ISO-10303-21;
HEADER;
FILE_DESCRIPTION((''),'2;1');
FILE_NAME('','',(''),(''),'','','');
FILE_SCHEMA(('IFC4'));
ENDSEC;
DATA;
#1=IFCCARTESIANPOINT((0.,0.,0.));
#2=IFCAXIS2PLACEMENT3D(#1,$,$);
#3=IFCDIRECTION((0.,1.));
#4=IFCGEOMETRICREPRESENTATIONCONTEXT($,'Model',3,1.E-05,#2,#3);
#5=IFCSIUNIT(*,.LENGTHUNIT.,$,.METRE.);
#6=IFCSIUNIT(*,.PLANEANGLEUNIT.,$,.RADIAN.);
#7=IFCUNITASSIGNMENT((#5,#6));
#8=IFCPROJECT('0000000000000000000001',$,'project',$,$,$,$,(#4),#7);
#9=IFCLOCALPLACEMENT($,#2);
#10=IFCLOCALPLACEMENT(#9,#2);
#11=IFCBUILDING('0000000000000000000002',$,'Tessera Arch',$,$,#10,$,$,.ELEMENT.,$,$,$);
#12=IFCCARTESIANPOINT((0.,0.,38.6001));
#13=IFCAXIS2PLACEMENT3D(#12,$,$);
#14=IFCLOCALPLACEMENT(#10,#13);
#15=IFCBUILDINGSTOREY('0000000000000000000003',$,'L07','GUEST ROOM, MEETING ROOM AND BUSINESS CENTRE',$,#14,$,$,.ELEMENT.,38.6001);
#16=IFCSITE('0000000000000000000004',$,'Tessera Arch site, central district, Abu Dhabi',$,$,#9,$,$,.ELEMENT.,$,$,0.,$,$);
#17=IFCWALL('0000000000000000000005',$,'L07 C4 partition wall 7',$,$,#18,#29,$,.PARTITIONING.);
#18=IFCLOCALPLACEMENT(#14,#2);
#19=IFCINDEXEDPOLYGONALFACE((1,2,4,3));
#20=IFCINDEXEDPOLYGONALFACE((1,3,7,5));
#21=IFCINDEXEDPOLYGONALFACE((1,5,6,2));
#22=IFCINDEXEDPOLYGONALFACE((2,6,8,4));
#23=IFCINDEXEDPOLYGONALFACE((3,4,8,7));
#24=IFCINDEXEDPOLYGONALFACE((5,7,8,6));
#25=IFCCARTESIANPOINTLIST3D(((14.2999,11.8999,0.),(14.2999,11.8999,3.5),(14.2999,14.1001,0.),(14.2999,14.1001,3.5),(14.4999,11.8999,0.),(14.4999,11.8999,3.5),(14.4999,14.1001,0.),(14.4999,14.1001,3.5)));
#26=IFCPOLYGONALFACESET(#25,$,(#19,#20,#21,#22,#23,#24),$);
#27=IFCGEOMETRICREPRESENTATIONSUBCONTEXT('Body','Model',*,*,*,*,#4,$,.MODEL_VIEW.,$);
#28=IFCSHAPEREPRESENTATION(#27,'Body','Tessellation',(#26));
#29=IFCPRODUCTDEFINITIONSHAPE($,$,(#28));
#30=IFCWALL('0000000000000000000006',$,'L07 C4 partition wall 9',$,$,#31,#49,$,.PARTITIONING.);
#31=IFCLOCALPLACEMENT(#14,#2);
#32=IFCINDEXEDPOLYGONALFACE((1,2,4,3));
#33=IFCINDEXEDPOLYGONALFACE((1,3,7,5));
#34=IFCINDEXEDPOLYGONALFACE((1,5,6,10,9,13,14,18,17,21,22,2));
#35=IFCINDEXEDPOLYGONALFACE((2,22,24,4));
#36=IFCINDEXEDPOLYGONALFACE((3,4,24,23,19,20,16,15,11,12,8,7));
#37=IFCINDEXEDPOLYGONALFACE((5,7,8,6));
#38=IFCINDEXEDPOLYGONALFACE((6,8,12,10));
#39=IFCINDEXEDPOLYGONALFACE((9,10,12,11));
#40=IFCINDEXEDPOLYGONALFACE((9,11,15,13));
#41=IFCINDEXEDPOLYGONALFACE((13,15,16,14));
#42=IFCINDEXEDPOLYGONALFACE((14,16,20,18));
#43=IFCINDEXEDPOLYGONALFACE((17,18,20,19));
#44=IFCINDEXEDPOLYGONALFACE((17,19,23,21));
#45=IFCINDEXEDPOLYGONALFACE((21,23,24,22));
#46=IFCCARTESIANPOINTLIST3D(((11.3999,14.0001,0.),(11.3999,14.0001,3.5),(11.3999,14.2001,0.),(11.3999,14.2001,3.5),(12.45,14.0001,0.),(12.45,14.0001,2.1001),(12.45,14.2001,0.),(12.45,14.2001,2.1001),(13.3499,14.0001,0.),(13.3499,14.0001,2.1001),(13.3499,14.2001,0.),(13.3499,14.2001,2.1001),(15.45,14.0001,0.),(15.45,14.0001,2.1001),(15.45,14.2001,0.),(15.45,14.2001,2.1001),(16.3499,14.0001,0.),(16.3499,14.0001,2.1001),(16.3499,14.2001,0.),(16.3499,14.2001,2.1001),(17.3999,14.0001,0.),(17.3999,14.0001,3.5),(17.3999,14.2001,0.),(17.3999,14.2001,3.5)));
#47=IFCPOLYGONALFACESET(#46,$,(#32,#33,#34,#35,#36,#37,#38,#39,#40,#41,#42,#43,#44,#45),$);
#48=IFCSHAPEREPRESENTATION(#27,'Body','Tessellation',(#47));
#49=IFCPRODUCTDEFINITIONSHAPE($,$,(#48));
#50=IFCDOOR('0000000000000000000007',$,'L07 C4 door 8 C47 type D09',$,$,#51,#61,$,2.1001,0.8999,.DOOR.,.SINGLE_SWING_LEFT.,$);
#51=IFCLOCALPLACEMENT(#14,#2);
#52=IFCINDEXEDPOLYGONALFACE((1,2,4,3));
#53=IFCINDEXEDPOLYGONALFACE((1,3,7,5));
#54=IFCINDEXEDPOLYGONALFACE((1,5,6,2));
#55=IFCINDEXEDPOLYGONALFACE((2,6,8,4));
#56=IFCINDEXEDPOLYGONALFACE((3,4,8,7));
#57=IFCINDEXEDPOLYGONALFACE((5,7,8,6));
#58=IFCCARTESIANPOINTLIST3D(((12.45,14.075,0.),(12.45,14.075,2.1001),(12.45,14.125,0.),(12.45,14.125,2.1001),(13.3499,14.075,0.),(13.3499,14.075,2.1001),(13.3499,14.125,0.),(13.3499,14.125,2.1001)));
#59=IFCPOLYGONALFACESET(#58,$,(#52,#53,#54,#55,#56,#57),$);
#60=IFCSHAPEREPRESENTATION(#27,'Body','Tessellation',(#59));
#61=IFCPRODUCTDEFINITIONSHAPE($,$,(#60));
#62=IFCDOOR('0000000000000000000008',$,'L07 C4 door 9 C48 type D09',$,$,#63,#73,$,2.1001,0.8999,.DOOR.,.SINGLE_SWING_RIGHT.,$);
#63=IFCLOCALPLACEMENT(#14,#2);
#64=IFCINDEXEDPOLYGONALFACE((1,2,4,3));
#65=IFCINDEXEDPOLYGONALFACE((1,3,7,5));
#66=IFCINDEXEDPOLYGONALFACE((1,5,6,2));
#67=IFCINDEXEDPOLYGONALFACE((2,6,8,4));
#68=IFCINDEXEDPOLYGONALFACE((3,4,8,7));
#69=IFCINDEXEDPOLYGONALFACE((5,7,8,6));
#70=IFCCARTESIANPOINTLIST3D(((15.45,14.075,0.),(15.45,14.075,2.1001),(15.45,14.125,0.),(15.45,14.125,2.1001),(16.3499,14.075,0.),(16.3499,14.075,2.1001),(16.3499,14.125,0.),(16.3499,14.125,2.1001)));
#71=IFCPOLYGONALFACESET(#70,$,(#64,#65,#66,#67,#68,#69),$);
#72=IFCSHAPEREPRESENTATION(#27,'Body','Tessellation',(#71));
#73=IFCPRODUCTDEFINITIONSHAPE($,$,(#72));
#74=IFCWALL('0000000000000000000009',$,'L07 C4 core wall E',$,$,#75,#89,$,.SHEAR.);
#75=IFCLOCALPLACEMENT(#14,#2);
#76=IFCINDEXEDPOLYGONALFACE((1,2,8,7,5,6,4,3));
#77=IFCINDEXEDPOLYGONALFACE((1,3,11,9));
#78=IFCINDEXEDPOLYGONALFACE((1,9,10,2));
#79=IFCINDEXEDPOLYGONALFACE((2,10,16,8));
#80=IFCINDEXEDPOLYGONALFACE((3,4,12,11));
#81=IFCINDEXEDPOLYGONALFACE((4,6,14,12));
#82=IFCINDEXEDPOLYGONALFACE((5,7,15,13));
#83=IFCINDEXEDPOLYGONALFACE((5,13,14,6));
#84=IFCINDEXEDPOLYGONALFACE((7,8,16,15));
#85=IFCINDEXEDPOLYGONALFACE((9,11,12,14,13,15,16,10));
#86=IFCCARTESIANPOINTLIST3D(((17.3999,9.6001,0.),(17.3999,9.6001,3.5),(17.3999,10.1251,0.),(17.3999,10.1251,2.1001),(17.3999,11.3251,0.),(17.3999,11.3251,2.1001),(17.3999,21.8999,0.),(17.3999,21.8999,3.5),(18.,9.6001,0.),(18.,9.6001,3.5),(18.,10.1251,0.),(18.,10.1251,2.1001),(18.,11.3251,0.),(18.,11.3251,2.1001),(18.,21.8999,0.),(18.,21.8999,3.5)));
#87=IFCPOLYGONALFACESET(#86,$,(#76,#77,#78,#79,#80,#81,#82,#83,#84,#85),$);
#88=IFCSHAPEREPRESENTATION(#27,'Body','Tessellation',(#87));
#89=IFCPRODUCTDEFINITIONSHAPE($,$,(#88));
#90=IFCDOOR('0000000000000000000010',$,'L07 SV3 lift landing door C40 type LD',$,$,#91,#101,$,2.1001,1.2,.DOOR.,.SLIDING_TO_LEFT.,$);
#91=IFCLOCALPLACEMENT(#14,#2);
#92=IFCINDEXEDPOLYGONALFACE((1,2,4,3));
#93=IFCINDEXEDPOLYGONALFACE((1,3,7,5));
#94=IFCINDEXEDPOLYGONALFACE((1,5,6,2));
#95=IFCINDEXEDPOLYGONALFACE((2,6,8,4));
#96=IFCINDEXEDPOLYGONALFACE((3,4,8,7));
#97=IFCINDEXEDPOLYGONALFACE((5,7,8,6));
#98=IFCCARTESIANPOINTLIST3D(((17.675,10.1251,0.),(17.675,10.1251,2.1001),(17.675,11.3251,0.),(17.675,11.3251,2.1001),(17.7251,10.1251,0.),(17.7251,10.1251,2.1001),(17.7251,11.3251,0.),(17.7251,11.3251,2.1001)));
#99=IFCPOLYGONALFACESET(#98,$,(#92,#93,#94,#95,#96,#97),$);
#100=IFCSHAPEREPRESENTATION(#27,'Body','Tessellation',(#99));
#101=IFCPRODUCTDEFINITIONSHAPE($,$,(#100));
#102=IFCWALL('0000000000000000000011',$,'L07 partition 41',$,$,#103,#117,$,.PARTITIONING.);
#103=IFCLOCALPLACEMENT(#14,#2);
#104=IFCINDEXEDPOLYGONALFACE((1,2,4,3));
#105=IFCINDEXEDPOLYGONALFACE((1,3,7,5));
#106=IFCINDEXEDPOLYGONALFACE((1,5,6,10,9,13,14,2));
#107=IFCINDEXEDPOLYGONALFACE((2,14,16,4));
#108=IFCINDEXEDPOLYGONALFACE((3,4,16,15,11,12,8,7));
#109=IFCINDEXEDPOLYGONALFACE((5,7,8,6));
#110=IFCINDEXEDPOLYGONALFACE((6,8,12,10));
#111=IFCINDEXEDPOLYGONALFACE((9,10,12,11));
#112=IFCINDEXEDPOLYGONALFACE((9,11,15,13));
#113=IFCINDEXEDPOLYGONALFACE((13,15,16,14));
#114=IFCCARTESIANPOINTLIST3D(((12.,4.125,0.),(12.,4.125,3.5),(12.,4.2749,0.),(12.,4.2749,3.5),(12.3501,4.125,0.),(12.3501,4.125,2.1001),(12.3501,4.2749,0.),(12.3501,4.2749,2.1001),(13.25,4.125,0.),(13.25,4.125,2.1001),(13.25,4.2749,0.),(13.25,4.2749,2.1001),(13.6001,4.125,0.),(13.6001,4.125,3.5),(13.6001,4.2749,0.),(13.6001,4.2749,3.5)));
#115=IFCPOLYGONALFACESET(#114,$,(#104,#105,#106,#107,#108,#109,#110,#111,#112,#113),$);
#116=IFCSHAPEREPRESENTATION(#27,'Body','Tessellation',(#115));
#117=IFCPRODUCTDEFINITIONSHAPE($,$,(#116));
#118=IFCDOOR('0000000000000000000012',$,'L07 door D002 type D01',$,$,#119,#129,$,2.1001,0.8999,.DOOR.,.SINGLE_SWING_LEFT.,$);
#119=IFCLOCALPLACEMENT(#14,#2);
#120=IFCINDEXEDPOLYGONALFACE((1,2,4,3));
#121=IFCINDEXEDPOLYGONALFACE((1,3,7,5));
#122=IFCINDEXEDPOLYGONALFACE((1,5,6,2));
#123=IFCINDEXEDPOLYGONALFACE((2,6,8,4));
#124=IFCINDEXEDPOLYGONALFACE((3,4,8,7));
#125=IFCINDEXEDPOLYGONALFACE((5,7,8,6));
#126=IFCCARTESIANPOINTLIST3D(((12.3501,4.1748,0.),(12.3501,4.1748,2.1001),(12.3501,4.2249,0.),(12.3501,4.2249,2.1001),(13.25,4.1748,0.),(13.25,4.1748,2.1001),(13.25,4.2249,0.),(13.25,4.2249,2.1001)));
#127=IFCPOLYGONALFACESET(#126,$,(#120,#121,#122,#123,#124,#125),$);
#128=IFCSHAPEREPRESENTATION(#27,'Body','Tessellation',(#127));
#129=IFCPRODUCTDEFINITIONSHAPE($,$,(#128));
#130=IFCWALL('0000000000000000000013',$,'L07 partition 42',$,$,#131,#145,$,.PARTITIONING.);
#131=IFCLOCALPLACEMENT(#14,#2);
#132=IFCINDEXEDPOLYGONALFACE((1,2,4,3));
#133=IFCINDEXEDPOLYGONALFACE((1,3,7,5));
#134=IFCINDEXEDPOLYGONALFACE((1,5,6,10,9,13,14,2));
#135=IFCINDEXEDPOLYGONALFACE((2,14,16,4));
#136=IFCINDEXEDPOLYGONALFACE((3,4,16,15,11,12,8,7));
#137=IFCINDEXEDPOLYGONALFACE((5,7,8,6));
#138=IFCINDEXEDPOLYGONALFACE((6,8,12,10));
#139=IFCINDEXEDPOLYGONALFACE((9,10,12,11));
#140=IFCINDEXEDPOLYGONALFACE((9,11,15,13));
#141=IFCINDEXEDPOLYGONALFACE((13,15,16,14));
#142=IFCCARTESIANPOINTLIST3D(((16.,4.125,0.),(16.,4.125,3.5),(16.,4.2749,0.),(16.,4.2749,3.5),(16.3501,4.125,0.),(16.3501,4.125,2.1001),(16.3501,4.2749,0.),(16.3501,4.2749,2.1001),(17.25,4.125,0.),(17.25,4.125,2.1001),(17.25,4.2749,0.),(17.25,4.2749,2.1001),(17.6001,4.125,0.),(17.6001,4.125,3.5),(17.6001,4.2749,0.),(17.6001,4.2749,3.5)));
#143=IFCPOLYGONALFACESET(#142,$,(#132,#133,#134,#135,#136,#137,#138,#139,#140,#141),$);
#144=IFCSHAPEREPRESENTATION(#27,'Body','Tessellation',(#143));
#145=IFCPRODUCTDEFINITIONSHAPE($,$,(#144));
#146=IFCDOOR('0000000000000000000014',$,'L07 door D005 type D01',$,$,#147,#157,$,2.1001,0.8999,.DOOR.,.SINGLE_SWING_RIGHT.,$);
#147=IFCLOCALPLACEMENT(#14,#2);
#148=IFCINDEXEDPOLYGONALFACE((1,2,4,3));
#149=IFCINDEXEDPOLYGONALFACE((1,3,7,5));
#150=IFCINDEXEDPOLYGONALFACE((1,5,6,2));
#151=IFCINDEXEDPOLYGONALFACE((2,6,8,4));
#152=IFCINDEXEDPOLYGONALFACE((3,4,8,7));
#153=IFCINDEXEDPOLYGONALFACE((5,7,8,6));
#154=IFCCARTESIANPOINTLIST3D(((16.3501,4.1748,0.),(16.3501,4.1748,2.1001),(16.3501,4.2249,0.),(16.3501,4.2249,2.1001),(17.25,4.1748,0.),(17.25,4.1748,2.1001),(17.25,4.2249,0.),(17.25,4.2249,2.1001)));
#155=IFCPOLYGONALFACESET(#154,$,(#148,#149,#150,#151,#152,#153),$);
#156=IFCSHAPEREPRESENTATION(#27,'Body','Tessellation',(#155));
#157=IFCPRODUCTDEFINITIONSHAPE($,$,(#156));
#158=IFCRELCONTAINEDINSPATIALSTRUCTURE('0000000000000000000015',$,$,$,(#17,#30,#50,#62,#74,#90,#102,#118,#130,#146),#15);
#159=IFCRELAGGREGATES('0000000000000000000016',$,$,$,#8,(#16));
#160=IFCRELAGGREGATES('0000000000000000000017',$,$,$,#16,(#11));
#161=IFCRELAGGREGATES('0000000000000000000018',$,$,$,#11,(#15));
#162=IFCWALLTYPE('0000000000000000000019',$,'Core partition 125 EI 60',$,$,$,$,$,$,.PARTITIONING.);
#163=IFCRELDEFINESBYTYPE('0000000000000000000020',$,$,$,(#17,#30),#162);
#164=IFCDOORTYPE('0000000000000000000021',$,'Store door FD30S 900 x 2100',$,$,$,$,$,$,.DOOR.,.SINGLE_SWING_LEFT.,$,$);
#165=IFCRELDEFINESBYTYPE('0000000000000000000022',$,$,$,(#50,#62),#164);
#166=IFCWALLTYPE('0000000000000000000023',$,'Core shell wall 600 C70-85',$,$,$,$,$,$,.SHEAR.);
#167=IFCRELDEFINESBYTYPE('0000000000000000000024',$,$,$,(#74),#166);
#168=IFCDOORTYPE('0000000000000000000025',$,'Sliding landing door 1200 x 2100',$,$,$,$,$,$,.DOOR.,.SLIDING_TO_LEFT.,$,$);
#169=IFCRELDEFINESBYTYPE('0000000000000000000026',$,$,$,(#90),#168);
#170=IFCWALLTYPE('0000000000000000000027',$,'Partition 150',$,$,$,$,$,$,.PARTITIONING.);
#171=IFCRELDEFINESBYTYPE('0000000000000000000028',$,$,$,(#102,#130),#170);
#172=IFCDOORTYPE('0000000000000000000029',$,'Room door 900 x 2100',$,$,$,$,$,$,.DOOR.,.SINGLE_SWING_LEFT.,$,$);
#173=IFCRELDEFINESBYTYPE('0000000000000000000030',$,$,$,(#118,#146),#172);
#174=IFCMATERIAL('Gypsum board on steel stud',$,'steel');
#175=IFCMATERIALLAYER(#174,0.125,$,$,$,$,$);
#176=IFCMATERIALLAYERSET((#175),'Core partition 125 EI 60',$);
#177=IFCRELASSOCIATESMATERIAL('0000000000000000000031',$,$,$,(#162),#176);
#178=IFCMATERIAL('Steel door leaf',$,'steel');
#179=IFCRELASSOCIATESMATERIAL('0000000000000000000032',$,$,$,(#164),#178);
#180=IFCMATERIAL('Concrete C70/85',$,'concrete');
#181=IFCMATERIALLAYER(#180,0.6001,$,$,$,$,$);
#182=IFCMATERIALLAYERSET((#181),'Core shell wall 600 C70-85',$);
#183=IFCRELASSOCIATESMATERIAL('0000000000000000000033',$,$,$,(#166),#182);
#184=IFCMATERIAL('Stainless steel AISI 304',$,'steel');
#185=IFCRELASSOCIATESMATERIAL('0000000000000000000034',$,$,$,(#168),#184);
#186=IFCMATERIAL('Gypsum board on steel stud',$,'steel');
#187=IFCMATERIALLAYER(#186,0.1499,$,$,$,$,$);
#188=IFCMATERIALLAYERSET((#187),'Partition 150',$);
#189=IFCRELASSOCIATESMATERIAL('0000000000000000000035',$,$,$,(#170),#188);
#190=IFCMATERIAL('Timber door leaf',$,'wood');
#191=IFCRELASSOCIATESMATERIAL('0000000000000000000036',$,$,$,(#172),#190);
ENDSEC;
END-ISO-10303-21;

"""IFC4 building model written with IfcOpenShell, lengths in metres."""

from ifc_helpers import new_model, si_unit, direction, frame, frame_2d, origin, place, context, subcontext, project, spatial, rectangle, extrude, material, layer, layer_set, type_object, element, fill, save


model = new_model("IFC4")

# Units and contexts
model_context = context("Model", 3, precision=1e-05, world=origin(), true_north=direction((0.0, 1.0)))
body_context = subcontext(model_context, "Body", "Model", "MODEL_VIEW")
ifc_project = project(units=[si_unit("LENGTHUNIT", "METRE"), si_unit("PLANEANGLEUNIT", "RADIAN")], contexts=[model_context])

# Site, building, storey
site_placement = place(None, origin())
site = spatial("IfcSite", under=ifc_project, at=site_placement, Name="Tessera Arch site, central district, Abu Dhabi", CompositionType="ELEMENT", RefElevation=0.0)
building_placement = place(site_placement, origin())
building = spatial("IfcBuilding", under=site, at=building_placement, Name="Tessera Arch", CompositionType="ELEMENT")
storey_placement = place(building_placement, frame((0.0, 0.0, 38.6001)))
storey = spatial("IfcBuildingStorey", under=building, at=storey_placement, Name="L07", Description="GUEST ROOM, MEETING ROOM AND BUSINESS CENTRE", CompositionType="ELEMENT", Elevation=38.6001)

# Wall
ifc_material_1 = material(Name="Gypsum board on steel stud", Category="steel")
ifc_layer_1 = layer(ifc_material_1, 0.125)
ifc_layer_set_1 = layer_set([ifc_layer_1], Name="Core partition 125 EI 60")
wall_type_1 = type_object("IfcWallType", Name="Core partition 125 EI 60", PredefinedType="PARTITIONING", material=ifc_layer_set_1)
wall_1_placement = place(storey_placement, frame((14.3999, 11.8999, 0.0), z_axis=(0.0, 0.0, 1.0), x_axis=(0.0, 1.0, 0.0)))
element("IfcWall", 1, at=wall_1_placement, inside=storey, type_object=wall_type_1, Name="L07 C4 partition wall 7", PredefinedType="PARTITIONING", context=body_context, shape_type="SweptSolid", body=[
    extrude(rectangle(XDim=2.2002, YDim=0.2, at=frame_2d((1.1001, 0.0))), origin(), (0.0, 0.0, 1.0), 3.5),
])

# Wall, openings, doors
wall_2_placement = place(storey_placement, frame((11.3999, 14.1001, 0.0), z_axis=(0.0, 0.0, 1.0), x_axis=(1.0, 0.0, 0.0)))
wall_2 = element("IfcWall", 2, at=wall_2_placement, inside=storey, type_object=wall_type_1, Name="L07 C4 partition wall 9", PredefinedType="PARTITIONING", context=body_context, shape_type="SweptSolid", body=[
    extrude(rectangle(XDim=6.0, YDim=0.2, at=frame_2d((3.0, 0.0))), origin(), (0.0, 0.0, 1.0), 3.5),
])
opening_1_placement = place(wall_2_placement, frame((1.05, 0.0, 0.0)))
opening_1 = element("IfcOpeningElement", 3, at=opening_1_placement, cuts=wall_2, PredefinedType="OPENING", context=body_context, shape_type="SweptSolid", body=[
    extrude(rectangle(XDim=0.8999, YDim=2.1001, at=frame_2d((0.45, 1.05))), frame((0.0, 0.1099, 0.0), z_axis=(0.0, -1.0, 0.0), x_axis=(1.0, 0.0, 0.0)), (0.0, 0.0, 1.0), 0.22),
])
opening_2_placement = place(wall_2_placement, frame((4.05, 0.0, 0.0)))
opening_2 = element("IfcOpeningElement", 4, at=opening_2_placement, cuts=wall_2, PredefinedType="OPENING", context=body_context, shape_type="SweptSolid", body=[
    extrude(rectangle(XDim=0.8999, YDim=2.1001, at=frame_2d((0.45, 1.05))), frame((0.0, 0.1099, 0.0), z_axis=(0.0, -1.0, 0.0), x_axis=(1.0, 0.0, 0.0)), (0.0, 0.0, 1.0), 0.22),
])
ifc_material_2 = material(Name="Steel door leaf", Category="steel")
door_type_1 = type_object("IfcDoorType", Name="Store door FD30S 900 x 2100", OperationType="SINGLE_SWING_LEFT", PredefinedType="DOOR", material=ifc_material_2)
door_1_placement = place(opening_1_placement, origin())
door_1 = element("IfcDoor", 5, at=door_1_placement, inside=storey, type_object=door_type_1, Name="L07 C4 door 8 C47 type D09", OperationType="SINGLE_SWING_LEFT", OverallHeight=2.1001, OverallWidth=0.8999, PredefinedType="DOOR", context=body_context, shape_type="SweptSolid", body=[
    extrude(rectangle(XDim=0.8999, YDim=2.1001, at=frame_2d((0.45, 1.05))), frame((0.0, 0.0249, 0.0), z_axis=(0.0, -1.0, 0.0), x_axis=(1.0, 0.0, 0.0)), (0.0, 0.0, 1.0), 0.05),
])
fill(opening_1, door_1)
door_2_placement = place(opening_2_placement, origin())
door_2 = element("IfcDoor", 6, at=door_2_placement, inside=storey, type_object=door_type_1, Name="L07 C4 door 9 C48 type D09", OperationType="SINGLE_SWING_RIGHT", OverallHeight=2.1001, OverallWidth=0.8999, PredefinedType="DOOR", context=body_context, shape_type="SweptSolid", body=[
    extrude(rectangle(XDim=0.8999, YDim=2.1001, at=frame_2d((0.45, 1.05))), frame((0.0, 0.0249, 0.0), z_axis=(0.0, -1.0, 0.0), x_axis=(1.0, 0.0, 0.0)), (0.0, 0.0, 1.0), 0.05),
])
fill(opening_2, door_2)

# Walls, openings, doors
ifc_material_3 = material(Name="Concrete C70/85", Category="concrete")
ifc_layer_2 = layer(ifc_material_3, 0.6001)
ifc_layer_set_2 = layer_set([ifc_layer_2], Name="Core shell wall 600 C70-85")
wall_type_2 = type_object("IfcWallType", Name="Core shell wall 600 C70-85", PredefinedType="SHEAR", material=ifc_layer_set_2)
wall_3_placement = place(storey_placement, frame((17.7, 9.6001, 0.0), z_axis=(0.0, 0.0, 1.0), x_axis=(0.0, 1.0, 0.0)))
wall_3 = element("IfcWall", 7, at=wall_3_placement, inside=storey, type_object=wall_type_2, Name="L07 C4 core wall E", PredefinedType="SHEAR", context=body_context, shape_type="SweptSolid", body=[
    extrude(rectangle(XDim=12.2998, YDim=0.6001, at=frame_2d((6.1499, 0.0))), origin(), (0.0, 0.0, 1.0), 3.5),
])
opening_3_placement = place(wall_3_placement, frame((0.5249, 0.0, 0.0)))
opening_3 = element("IfcOpeningElement", 8, at=opening_3_placement, cuts=wall_3, PredefinedType="OPENING", context=body_context, shape_type="SweptSolid", body=[
    extrude(rectangle(XDim=1.2, YDim=2.1001, at=frame_2d((0.6001, 1.05))), frame((0.0, 0.3101, 0.0), z_axis=(0.0, -1.0, 0.0), x_axis=(1.0, 0.0, 0.0)), (0.0, 0.0, 1.0), 0.6201),
])
ifc_material_4 = material(Name="Stainless steel AISI 304", Category="steel")
door_type_2 = type_object("IfcDoorType", Name="Sliding landing door 1200 x 2100", OperationType="SLIDING_TO_LEFT", PredefinedType="DOOR", material=ifc_material_4)
door_3_placement = place(opening_3_placement, origin())
door_3 = element("IfcDoor", 9, at=door_3_placement, inside=storey, type_object=door_type_2, Name="L07 SV3 lift landing door C40 type LD", OperationType="SLIDING_TO_LEFT", OverallHeight=2.1001, OverallWidth=1.2, PredefinedType="DOOR", context=body_context, shape_type="SweptSolid", body=[
    extrude(rectangle(XDim=1.2, YDim=2.1001, at=frame_2d((0.6001, 1.05))), frame((0.0, 0.0249, 0.0), z_axis=(0.0, -1.0, 0.0), x_axis=(1.0, 0.0, 0.0)), (0.0, 0.0, 1.0), 0.05),
])
fill(opening_3, door_3)
ifc_material_5 = material(Name="Gypsum board on steel stud", Category="steel")
ifc_layer_3 = layer(ifc_material_5, 0.1499)
ifc_layer_set_3 = layer_set([ifc_layer_3], Name="Partition 150")
wall_type_3 = type_object("IfcWallType", Name="Partition 150", PredefinedType="PARTITIONING", material=ifc_layer_set_3)
wall_4_placement = place(storey_placement, frame((12.0, 4.2, 0.0), z_axis=(0.0, 0.0, 1.0), x_axis=(1.0, 0.0, 0.0)))
wall_4 = element("IfcWall", 10, at=wall_4_placement, inside=storey, type_object=wall_type_3, Name="L07 partition 41", PredefinedType="PARTITIONING", context=body_context, shape_type="SweptSolid", body=[
    extrude(rectangle(XDim=1.6001, YDim=0.1499, at=frame_2d((0.8, 0.0))), origin(), (0.0, 0.0, 1.0), 3.5),
])
opening_4_placement = place(wall_4_placement, frame((0.3501, 0.0, 0.0)))
opening_4 = element("IfcOpeningElement", 11, at=opening_4_placement, cuts=wall_4, PredefinedType="OPENING", context=body_context, shape_type="SweptSolid", body=[
    extrude(rectangle(XDim=0.8999, YDim=2.1001, at=frame_2d((0.45, 1.05))), frame((0.0, 0.085, 0.0), z_axis=(0.0, -1.0, 0.0), x_axis=(1.0, 0.0, 0.0)), (0.0, 0.0, 1.0), 0.1699),
])
ifc_material_6 = material(Name="Timber door leaf", Category="wood")
door_type_3 = type_object("IfcDoorType", Name="Room door 900 x 2100", OperationType="SINGLE_SWING_LEFT", PredefinedType="DOOR", material=ifc_material_6)
door_4_placement = place(opening_4_placement, origin())
door_4 = element("IfcDoor", 12, at=door_4_placement, inside=storey, type_object=door_type_3, Name="L07 door D002 type D01", OperationType="SINGLE_SWING_LEFT", OverallHeight=2.1001, OverallWidth=0.8999, PredefinedType="DOOR", context=body_context, shape_type="SweptSolid", body=[
    extrude(rectangle(XDim=0.8999, YDim=2.1001, at=frame_2d((0.45, 1.05))), frame((0.0, 0.0249, 0.0), z_axis=(0.0, -1.0, 0.0), x_axis=(1.0, 0.0, 0.0)), (0.0, 0.0, 1.0), 0.05),
])
fill(opening_4, door_4)
wall_5_placement = place(storey_placement, frame((16.0, 4.2, 0.0), z_axis=(0.0, 0.0, 1.0), x_axis=(1.0, 0.0, 0.0)))
wall_5 = element("IfcWall", 13, at=wall_5_placement, inside=storey, type_object=wall_type_3, Name="L07 partition 42", PredefinedType="PARTITIONING", context=body_context, shape_type="SweptSolid", body=[
    extrude(rectangle(XDim=1.6001, YDim=0.1499, at=frame_2d((0.8, 0.0))), origin(), (0.0, 0.0, 1.0), 3.5),
])
opening_5_placement = place(wall_5_placement, frame((0.3501, 0.0, 0.0)))
opening_5 = element("IfcOpeningElement", 14, at=opening_5_placement, cuts=wall_5, PredefinedType="OPENING", context=body_context, shape_type="SweptSolid", body=[
    extrude(rectangle(XDim=0.8999, YDim=2.1001, at=frame_2d((0.45, 1.05))), frame((0.0, 0.085, 0.0), z_axis=(0.0, -1.0, 0.0), x_axis=(1.0, 0.0, 0.0)), (0.0, 0.0, 1.0), 0.1699),
])
door_5_placement = place(opening_5_placement, origin())
door_5 = element("IfcDoor", 15, at=door_5_placement, inside=storey, type_object=door_type_3, Name="L07 door D005 type D01", OperationType="SINGLE_SWING_RIGHT", OverallHeight=2.1001, OverallWidth=0.8999, PredefinedType="DOOR", context=body_context, shape_type="SweptSolid", body=[
    extrude(rectangle(XDim=0.8999, YDim=2.1001, at=frame_2d((0.45, 1.05))), frame((0.0, 0.0249, 0.0), z_axis=(0.0, -1.0, 0.0), x_axis=(1.0, 0.0, 0.0)), (0.0, 0.0, 1.0), 0.05),
])
fill(opening_5, door_5)

save(model, "model.ifc")
